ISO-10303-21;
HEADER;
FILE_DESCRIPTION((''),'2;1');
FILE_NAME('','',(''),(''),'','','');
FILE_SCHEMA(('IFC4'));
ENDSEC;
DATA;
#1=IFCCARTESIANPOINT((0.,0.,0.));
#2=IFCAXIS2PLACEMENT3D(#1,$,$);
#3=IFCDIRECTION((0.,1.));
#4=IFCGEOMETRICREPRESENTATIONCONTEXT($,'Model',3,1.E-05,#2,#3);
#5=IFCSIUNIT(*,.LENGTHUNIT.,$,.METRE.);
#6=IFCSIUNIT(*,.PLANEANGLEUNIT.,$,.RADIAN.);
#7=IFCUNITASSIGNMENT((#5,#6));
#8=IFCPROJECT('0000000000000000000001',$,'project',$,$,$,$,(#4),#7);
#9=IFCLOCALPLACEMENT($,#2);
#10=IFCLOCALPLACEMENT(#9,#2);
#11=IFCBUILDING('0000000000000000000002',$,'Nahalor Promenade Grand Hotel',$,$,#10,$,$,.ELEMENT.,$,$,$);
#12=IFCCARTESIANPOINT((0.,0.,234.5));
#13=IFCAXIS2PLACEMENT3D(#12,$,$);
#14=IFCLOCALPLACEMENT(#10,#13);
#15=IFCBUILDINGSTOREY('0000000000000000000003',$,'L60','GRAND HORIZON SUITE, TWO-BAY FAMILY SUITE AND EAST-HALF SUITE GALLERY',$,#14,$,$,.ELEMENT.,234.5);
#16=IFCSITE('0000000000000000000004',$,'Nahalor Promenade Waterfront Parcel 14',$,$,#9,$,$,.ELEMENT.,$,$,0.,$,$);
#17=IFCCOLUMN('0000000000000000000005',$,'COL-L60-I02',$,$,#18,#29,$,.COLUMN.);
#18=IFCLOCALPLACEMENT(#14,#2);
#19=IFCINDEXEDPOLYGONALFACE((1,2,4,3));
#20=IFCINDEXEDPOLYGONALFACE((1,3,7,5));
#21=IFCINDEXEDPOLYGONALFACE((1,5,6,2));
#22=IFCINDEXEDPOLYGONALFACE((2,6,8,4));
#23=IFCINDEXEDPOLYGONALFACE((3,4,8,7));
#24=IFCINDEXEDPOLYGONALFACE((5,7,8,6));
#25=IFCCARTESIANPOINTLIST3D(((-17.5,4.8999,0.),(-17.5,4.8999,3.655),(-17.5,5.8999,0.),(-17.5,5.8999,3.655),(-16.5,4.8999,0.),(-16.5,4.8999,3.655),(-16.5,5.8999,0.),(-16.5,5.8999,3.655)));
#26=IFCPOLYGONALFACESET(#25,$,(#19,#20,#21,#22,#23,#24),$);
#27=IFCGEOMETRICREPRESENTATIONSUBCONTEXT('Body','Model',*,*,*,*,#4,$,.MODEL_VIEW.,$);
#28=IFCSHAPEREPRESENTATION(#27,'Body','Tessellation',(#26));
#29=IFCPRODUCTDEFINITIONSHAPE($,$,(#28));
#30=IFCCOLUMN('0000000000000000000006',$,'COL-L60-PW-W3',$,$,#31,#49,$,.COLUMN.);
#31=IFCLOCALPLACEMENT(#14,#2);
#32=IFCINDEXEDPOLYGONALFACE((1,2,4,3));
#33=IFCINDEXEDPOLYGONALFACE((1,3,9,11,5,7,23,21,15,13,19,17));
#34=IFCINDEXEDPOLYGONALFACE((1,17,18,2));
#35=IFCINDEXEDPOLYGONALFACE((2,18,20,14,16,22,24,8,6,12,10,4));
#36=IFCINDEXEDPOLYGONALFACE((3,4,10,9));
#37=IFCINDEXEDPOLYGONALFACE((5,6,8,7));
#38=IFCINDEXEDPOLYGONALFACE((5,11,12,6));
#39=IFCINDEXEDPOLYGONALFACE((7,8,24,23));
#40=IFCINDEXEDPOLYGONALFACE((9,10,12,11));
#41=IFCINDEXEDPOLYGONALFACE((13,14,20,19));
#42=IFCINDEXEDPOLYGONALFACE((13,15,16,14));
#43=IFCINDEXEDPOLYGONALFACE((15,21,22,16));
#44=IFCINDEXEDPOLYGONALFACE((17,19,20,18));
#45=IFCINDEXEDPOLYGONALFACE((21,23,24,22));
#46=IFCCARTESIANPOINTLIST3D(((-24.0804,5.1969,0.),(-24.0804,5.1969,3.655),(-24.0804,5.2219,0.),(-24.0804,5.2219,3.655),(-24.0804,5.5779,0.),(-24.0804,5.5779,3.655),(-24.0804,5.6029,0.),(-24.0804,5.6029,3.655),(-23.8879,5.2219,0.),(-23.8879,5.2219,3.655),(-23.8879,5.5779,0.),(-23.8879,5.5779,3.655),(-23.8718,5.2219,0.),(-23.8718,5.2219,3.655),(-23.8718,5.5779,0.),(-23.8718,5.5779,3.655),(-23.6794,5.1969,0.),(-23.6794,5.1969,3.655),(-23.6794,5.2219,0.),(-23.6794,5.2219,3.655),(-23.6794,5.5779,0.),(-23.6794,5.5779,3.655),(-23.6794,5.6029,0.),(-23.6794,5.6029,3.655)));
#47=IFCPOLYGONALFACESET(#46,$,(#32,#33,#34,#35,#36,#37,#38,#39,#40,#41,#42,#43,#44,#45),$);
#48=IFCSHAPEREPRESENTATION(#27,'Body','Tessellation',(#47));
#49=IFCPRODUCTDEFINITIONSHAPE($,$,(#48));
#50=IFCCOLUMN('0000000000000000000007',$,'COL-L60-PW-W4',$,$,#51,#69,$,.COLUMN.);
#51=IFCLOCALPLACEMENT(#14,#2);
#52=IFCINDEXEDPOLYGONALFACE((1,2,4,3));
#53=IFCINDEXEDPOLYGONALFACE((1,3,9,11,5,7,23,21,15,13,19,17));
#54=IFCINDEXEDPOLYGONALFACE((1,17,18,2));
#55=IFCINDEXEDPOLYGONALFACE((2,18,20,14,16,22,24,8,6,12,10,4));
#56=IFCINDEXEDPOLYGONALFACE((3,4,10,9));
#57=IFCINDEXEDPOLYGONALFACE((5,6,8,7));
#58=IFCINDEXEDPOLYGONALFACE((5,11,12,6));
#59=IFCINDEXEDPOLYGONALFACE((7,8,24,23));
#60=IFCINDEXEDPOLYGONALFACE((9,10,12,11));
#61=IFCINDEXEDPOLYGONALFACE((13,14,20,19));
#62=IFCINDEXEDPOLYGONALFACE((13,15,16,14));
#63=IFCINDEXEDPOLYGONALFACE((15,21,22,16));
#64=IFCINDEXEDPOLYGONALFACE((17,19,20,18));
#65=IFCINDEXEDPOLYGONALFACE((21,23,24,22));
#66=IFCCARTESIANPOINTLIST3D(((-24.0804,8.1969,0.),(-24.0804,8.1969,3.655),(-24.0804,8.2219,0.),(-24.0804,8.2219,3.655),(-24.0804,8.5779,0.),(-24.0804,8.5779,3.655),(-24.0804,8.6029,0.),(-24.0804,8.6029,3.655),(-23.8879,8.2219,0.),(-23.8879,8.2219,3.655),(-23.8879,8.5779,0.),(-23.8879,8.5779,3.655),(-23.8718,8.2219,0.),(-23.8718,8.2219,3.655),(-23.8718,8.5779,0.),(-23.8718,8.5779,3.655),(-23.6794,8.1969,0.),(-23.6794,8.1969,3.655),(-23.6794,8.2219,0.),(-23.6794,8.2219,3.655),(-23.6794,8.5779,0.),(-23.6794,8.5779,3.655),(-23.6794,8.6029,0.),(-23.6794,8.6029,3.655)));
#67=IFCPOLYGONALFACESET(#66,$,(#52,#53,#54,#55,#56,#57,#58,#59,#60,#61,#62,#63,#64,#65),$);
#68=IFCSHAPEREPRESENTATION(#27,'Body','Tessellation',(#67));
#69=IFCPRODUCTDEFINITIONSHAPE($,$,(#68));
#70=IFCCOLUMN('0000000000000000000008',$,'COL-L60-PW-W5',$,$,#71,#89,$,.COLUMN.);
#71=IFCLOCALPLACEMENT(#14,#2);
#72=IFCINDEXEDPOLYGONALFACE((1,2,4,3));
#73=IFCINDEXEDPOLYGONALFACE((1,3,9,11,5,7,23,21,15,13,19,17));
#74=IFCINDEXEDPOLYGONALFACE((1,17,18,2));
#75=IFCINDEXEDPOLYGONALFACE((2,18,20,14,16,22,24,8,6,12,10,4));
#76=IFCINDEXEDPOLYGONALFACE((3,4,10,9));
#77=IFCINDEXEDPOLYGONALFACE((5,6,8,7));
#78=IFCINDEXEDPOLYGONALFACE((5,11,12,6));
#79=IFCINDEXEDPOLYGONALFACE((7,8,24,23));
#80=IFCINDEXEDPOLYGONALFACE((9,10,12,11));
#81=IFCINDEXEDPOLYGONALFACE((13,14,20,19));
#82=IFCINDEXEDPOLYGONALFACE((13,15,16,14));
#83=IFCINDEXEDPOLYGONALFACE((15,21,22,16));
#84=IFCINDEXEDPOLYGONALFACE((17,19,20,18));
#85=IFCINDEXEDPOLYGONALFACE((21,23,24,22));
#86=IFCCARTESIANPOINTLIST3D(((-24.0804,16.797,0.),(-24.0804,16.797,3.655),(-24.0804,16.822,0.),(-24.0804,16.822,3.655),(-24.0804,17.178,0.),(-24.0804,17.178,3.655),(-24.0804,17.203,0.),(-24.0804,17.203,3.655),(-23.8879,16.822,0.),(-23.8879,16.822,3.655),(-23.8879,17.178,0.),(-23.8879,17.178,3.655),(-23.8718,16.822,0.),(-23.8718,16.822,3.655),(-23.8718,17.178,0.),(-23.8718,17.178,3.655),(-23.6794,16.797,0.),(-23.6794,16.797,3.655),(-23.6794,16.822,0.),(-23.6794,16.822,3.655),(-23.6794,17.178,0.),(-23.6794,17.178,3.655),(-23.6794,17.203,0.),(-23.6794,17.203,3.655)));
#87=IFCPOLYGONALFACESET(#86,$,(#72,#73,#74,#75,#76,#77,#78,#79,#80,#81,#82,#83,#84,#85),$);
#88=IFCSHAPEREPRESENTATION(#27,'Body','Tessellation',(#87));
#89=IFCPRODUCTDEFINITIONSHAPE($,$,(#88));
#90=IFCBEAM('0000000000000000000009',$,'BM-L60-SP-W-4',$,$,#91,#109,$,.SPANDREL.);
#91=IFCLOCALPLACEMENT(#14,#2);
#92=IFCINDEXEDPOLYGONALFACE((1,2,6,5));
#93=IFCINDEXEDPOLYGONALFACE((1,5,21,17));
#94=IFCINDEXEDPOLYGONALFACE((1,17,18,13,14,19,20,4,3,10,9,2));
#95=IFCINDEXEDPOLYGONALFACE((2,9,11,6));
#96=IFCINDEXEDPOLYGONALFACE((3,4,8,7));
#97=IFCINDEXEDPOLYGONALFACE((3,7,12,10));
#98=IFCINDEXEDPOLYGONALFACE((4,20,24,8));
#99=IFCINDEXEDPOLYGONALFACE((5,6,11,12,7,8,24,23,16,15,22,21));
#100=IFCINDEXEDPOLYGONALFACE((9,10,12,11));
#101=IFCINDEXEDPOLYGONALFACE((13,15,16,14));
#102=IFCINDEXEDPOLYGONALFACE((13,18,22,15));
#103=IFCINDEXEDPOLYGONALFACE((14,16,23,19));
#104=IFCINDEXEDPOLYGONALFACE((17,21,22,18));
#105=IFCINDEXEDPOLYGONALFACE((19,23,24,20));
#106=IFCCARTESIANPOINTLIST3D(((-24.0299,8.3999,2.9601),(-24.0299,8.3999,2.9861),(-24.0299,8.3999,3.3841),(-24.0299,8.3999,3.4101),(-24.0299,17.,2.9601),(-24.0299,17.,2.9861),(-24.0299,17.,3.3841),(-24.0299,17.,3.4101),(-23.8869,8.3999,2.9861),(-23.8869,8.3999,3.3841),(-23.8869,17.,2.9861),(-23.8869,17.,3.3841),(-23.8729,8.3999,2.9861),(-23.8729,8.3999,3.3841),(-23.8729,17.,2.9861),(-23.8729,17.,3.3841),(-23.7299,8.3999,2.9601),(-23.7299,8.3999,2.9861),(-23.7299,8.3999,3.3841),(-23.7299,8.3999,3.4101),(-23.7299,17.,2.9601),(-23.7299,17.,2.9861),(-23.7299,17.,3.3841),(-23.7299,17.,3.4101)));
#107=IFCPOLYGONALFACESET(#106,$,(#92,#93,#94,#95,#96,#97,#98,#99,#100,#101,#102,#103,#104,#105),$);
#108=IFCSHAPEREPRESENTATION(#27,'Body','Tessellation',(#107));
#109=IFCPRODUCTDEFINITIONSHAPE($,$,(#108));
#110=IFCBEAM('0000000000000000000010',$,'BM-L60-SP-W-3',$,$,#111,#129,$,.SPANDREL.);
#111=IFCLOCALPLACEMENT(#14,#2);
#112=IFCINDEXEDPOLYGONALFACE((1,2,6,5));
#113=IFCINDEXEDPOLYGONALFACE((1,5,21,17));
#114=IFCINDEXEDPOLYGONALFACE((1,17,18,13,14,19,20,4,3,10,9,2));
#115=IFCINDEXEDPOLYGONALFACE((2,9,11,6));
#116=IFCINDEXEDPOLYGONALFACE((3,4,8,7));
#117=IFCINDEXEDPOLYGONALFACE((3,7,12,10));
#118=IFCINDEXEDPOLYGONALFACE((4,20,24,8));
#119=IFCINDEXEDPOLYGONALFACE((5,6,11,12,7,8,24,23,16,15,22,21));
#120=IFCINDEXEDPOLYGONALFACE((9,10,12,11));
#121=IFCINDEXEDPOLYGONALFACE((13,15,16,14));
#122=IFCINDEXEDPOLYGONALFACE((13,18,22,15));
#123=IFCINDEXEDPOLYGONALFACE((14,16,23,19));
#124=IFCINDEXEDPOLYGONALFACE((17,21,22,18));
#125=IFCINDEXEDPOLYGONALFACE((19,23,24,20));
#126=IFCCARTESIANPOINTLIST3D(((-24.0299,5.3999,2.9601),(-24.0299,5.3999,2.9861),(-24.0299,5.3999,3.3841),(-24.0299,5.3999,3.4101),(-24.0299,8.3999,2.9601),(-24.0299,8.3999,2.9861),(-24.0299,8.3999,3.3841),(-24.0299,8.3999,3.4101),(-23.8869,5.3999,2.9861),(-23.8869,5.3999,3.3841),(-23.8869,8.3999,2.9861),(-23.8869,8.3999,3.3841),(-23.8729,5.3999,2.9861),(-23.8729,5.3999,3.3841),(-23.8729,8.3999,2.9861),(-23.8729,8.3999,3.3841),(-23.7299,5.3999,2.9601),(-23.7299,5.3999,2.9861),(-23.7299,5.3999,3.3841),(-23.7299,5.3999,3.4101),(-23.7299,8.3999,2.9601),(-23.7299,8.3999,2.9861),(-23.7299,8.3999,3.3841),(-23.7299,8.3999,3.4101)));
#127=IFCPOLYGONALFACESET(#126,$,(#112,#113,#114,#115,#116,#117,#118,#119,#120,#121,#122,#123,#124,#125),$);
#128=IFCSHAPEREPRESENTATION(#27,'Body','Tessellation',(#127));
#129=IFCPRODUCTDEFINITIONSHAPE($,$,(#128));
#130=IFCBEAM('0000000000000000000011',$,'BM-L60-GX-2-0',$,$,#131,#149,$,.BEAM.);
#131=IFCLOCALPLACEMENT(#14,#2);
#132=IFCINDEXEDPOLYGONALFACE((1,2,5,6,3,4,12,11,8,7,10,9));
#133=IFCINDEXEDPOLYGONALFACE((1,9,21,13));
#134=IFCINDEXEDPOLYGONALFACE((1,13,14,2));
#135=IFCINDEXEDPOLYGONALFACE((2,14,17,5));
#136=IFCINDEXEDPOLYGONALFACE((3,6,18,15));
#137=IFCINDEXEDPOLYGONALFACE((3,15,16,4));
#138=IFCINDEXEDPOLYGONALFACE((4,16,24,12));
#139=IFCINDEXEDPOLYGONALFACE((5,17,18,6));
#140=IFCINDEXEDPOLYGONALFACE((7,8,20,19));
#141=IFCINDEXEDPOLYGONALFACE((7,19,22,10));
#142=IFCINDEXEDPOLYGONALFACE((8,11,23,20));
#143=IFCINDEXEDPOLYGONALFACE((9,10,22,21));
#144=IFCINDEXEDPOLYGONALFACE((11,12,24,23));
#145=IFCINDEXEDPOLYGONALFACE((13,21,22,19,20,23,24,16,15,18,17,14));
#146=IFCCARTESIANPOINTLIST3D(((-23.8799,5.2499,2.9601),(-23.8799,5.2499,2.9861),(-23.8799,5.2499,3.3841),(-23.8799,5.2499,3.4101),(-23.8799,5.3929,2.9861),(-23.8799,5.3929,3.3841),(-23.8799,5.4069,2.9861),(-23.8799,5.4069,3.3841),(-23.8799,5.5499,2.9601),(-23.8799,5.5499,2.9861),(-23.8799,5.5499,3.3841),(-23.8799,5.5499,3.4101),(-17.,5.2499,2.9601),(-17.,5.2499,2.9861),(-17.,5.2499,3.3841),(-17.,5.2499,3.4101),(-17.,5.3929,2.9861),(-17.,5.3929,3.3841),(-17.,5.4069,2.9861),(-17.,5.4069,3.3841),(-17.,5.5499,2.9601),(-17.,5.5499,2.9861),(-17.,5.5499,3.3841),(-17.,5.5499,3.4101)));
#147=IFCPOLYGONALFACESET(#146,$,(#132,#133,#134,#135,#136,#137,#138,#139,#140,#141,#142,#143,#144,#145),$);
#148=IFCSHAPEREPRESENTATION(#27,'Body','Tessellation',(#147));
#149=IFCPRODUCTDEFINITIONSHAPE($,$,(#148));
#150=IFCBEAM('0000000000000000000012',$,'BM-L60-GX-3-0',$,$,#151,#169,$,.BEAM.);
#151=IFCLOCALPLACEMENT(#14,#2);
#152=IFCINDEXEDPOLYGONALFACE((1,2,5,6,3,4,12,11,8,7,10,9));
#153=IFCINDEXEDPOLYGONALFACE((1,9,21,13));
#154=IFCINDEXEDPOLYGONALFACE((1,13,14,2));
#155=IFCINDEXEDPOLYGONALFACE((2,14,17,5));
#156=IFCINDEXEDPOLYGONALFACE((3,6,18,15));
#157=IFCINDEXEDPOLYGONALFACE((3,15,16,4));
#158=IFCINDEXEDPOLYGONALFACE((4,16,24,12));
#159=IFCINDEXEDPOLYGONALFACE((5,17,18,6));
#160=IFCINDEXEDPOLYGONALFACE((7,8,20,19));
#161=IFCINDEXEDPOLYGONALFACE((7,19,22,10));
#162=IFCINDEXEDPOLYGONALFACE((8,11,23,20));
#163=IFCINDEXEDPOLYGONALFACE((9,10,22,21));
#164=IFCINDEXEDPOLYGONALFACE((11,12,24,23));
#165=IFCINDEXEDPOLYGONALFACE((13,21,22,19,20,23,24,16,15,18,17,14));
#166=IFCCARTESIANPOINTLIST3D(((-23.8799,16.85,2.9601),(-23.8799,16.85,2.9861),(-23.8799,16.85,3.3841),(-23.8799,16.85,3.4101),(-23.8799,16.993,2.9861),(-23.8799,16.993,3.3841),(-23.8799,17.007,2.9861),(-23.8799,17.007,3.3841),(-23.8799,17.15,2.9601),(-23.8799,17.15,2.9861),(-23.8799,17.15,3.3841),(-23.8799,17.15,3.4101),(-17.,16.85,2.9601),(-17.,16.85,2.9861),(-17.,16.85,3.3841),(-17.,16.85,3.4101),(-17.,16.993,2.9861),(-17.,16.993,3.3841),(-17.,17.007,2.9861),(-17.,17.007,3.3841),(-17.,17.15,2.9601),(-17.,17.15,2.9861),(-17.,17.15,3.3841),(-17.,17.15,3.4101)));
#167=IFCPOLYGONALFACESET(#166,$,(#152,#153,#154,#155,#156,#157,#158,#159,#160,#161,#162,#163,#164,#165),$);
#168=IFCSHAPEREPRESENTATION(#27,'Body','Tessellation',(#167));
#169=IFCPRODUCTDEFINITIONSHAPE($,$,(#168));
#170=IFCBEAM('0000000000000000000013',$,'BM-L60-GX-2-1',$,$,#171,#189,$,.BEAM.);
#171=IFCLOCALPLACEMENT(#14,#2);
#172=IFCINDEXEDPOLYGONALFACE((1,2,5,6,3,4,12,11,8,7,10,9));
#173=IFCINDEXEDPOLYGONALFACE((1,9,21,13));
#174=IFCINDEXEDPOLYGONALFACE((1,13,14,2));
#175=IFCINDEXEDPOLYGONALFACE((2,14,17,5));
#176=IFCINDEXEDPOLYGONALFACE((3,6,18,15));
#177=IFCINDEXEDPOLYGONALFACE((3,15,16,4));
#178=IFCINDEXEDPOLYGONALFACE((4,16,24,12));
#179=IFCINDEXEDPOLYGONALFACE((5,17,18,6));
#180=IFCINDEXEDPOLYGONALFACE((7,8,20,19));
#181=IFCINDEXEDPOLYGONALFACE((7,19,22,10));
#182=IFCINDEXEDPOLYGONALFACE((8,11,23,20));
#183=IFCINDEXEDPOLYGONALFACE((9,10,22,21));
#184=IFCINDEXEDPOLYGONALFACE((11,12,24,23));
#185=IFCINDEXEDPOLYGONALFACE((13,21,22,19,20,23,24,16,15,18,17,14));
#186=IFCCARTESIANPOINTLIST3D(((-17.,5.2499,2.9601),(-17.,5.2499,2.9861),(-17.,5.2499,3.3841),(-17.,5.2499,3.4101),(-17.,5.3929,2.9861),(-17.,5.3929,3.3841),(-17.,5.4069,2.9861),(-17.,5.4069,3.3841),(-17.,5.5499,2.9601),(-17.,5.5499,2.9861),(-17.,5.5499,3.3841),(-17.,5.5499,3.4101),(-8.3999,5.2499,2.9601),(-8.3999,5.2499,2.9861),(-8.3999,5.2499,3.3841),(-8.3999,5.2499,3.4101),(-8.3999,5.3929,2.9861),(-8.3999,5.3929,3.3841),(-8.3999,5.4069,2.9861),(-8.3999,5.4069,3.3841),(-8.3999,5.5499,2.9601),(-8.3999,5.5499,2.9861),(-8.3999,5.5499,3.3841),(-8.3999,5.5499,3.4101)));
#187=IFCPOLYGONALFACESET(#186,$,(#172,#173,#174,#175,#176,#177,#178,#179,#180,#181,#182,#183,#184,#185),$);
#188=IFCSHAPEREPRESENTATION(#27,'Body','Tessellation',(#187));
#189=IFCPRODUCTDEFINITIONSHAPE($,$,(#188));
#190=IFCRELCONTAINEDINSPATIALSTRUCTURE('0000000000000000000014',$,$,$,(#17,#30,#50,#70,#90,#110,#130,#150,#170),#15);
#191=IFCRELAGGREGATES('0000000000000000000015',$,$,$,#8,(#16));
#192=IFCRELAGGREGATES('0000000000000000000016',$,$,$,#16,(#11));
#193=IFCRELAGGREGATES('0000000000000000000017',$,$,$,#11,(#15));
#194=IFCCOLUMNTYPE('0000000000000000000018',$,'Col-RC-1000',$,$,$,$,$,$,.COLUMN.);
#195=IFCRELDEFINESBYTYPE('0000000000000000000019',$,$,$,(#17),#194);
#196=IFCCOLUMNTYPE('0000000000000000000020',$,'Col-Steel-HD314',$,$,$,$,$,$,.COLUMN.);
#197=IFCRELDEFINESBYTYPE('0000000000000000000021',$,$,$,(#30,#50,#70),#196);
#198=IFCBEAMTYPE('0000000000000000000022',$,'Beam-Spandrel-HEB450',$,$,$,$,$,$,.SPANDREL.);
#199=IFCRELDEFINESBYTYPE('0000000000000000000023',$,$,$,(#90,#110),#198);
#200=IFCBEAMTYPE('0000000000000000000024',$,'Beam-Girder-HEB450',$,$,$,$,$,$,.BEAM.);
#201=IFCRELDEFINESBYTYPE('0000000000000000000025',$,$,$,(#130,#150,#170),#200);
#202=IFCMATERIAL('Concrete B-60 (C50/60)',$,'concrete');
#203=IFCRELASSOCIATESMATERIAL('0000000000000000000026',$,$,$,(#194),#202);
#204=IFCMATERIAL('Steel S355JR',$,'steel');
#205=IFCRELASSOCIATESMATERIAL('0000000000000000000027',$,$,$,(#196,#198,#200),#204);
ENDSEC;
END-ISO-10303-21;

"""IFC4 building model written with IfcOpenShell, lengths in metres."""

from ifc_helpers import new_model, si_unit, direction, frame, origin, origin_2d, place, context, subcontext, project, spatial, rectangle, i_section, extrude, source, transform, mapped, material, material_profile, profile_set, type_object, element, save


model = new_model("IFC4")

# Units and contexts
model_context = context("Model", 3, precision=1e-05, world=origin(), true_north=direction((0.0, 1.0)))
body_context = subcontext(model_context, "Body", "Model", "MODEL_VIEW")
ifc_project = project(units=[si_unit("LENGTHUNIT", "METRE"), si_unit("PLANEANGLEUNIT", "RADIAN")], contexts=[model_context])

# Site, building, storey
site_placement = place(None, origin())
site = spatial("IfcSite", under=ifc_project, at=site_placement, Name="Nahalor Promenade Waterfront Parcel 14", CompositionType="ELEMENT", RefElevation=0.0)
building_placement = place(site_placement, origin())
building = spatial("IfcBuilding", under=site, at=building_placement, Name="Nahalor Promenade Grand Hotel", CompositionType="ELEMENT")
storey_placement = place(building_placement, frame((0.0, 0.0, 234.5)))
storey = spatial("IfcBuildingStorey", under=building, at=storey_placement, Name="L60", Description="GRAND HORIZON SUITE, TWO-BAY FAMILY SUITE AND EAST-HALF SUITE GALLERY", CompositionType="ELEMENT", Elevation=234.5)

# Columns
ifc_material_1 = material(Name="Concrete B-60 (C50/60)", Category="concrete")
ifc_material_profile_1 = material_profile(ifc_material_1, rectangle(XDim=1.0, YDim=1.0, at=origin_2d()), Name="RC 1000x1000")
ifc_profile_set_1 = profile_set([ifc_material_profile_1], Name="Concrete B-60 (C50/60)")
column_type_1 = type_object("IfcColumnType", Name="Col-RC-1000", PredefinedType="COLUMN", material=ifc_profile_set_1)
shared_shape_1 = source(origin(), body_context, "Body", "SweptSolid", [
    extrude(rectangle(XDim=1.0, YDim=1.0, at=origin_2d()), origin(), (0.0, 0.0, 1.0), 3.655),
])
column_placement = place(storey_placement, frame((-17.0, 5.3999, 0.0), z_axis=(0.0, 0.0, 1.0), x_axis=(1.0, 0.0, 0.0)))
element("IfcColumn", 1, at=column_placement, inside=storey, type_object=column_type_1, Name="COL-L60-I02", PredefinedType="COLUMN", context=body_context, shape_type="MappedRepresentation", body=[
    mapped(shared_shape_1, transform((0.0, 0.0, 0.0), scale=1.0)),
])
ifc_material_2 = material(Name="Steel S355JR", Category="steel")
ifc_material_profile_2 = material_profile(ifc_material_2, i_section(OverallWidth=0.401, OverallDepth=0.406, WebThickness=0.0161, FlangeThickness=0.025, at=origin_2d()), Name="HD 400x314")
ifc_profile_set_2 = profile_set([ifc_material_profile_2], Name="Steel S355JR")
column_type_2 = type_object("IfcColumnType", Name="Col-Steel-HD314", PredefinedType="COLUMN", material=ifc_profile_set_2)
shared_shape_2 = source(origin(), body_context, "Body", "SweptSolid", [
    extrude(i_section(OverallWidth=0.401, OverallDepth=0.406, WebThickness=0.0161, FlangeThickness=0.025, at=origin_2d()), origin(), (0.0, 0.0, 1.0), 3.655),
])
for number, where, z_axis, x_axis, name in (
    (2, (-23.8799, 5.3999, 0.0), (0.0, 0.0, 1.0), (1.0, 0.0, 0.0), "COL-L60-PW-W3"),
    (3, (-23.8799, 8.3999, 0.0), (0.0, 0.0, 1.0), (1.0, 0.0, 0.0), "COL-L60-PW-W4"),
    (4, (-23.8799, 17.0, 0.0), (0.0, 0.0, 1.0), (1.0, 0.0, 0.0), "COL-L60-PW-W5"),
):
    element("IfcColumn", number, at=place(storey_placement, frame(where, z_axis=z_axis, x_axis=x_axis)), inside=storey, type_object=column_type_2, Name=name, PredefinedType="COLUMN", context=body_context, shape_type="MappedRepresentation", body=[
        mapped(shared_shape_2, transform((0.0, 0.0, 0.0), scale=1.0)),
    ])

# Beams
ifc_material_profile_3 = material_profile(ifc_material_2, i_section(OverallWidth=0.3, OverallDepth=0.45, WebThickness=0.014, FlangeThickness=0.026, at=origin_2d()), Name="HEB 450")
ifc_profile_set_3 = profile_set([ifc_material_profile_3], Name="Steel S355JR")
beam_type_1 = type_object("IfcBeamType", Name="Beam-Spandrel-HEB450", PredefinedType="SPANDREL", material=ifc_profile_set_3)
shared_shape_3 = source(origin(), body_context, "Body", "SweptSolid", [
    extrude(i_section(OverallWidth=0.3, OverallDepth=0.45, WebThickness=0.014, FlangeThickness=0.026, at=origin_2d()), origin(), (0.0, 0.0, 1.0), 8.6001),
])
beam_1_placement = place(storey_placement, frame((-23.8799, 8.3999, 3.1851), z_axis=(0.0, 1.0, 0.0), x_axis=(-1.0, 0.0, 0.0)))
element("IfcBeam", 5, at=beam_1_placement, inside=storey, type_object=beam_type_1, Name="BM-L60-SP-W-4", PredefinedType="SPANDREL", context=body_context, shape_type="MappedRepresentation", body=[
    mapped(shared_shape_3, transform((0.0, 0.0, 0.0), scale=1.0)),
])
shared_shape_4 = source(origin(), body_context, "Body", "SweptSolid", [
    extrude(i_section(OverallWidth=0.3, OverallDepth=0.45, WebThickness=0.014, FlangeThickness=0.026, at=origin_2d()), origin(), (0.0, 0.0, 1.0), 3.0),
])
beam_2_placement = place(storey_placement, frame((-23.8799, 5.3999, 3.1851), z_axis=(0.0, 1.0, 0.0), x_axis=(-1.0, 0.0, 0.0)))
element("IfcBeam", 6, at=beam_2_placement, inside=storey, type_object=beam_type_1, Name="BM-L60-SP-W-3", PredefinedType="SPANDREL", context=body_context, shape_type="MappedRepresentation", body=[
    mapped(shared_shape_4, transform((0.0, 0.0, 0.0), scale=1.0)),
])
ifc_material_profile_4 = material_profile(ifc_material_2, i_section(OverallWidth=0.3, OverallDepth=0.45, WebThickness=0.014, FlangeThickness=0.026, at=origin_2d()), Name="HEB 450")
ifc_profile_set_4 = profile_set([ifc_material_profile_4], Name="Steel S355JR")
beam_type_2 = type_object("IfcBeamType", Name="Beam-Girder-HEB450", PredefinedType="BEAM", material=ifc_profile_set_4)
shared_shape_5 = source(origin(), body_context, "Body", "SweptSolid", [
    extrude(i_section(OverallWidth=0.3, OverallDepth=0.45, WebThickness=0.014, FlangeThickness=0.026, at=origin_2d()), origin(), (0.0, 0.0, 1.0), 6.8799),
])
for number, where, z_axis, x_axis, name in (
    (7, (-23.8799, 5.3999, 3.1851), (1.0, 0.0, 0.0), (0.0, 1.0, 0.0), "BM-L60-GX-2-0"),
    (8, (-23.8799, 17.0, 3.1851), (1.0, 0.0, 0.0), (0.0, 1.0, 0.0), "BM-L60-GX-3-0"),
):
    element("IfcBeam", number, at=place(storey_placement, frame(where, z_axis=z_axis, x_axis=x_axis)), inside=storey, type_object=beam_type_2, Name=name, PredefinedType="BEAM", context=body_context, shape_type="MappedRepresentation", body=[
        mapped(shared_shape_5, transform((0.0, 0.0, 0.0), scale=1.0)),
    ])
shared_shape_6 = source(origin(), body_context, "Body", "SweptSolid", [
    extrude(i_section(OverallWidth=0.3, OverallDepth=0.45, WebThickness=0.014, FlangeThickness=0.026, at=origin_2d()), origin(), (0.0, 0.0, 1.0), 8.6001),
])
beam_3_placement = place(storey_placement, frame((-17.0, 5.3999, 3.1851), z_axis=(1.0, 0.0, 0.0), x_axis=(0.0, 1.0, 0.0)))
element("IfcBeam", 9, at=beam_3_placement, inside=storey, type_object=beam_type_2, Name="BM-L60-GX-2-1", PredefinedType="BEAM", context=body_context, shape_type="MappedRepresentation", body=[
    mapped(shared_shape_6, transform((0.0, 0.0, 0.0), scale=1.0)),
])

save(model, "model.ifc")
